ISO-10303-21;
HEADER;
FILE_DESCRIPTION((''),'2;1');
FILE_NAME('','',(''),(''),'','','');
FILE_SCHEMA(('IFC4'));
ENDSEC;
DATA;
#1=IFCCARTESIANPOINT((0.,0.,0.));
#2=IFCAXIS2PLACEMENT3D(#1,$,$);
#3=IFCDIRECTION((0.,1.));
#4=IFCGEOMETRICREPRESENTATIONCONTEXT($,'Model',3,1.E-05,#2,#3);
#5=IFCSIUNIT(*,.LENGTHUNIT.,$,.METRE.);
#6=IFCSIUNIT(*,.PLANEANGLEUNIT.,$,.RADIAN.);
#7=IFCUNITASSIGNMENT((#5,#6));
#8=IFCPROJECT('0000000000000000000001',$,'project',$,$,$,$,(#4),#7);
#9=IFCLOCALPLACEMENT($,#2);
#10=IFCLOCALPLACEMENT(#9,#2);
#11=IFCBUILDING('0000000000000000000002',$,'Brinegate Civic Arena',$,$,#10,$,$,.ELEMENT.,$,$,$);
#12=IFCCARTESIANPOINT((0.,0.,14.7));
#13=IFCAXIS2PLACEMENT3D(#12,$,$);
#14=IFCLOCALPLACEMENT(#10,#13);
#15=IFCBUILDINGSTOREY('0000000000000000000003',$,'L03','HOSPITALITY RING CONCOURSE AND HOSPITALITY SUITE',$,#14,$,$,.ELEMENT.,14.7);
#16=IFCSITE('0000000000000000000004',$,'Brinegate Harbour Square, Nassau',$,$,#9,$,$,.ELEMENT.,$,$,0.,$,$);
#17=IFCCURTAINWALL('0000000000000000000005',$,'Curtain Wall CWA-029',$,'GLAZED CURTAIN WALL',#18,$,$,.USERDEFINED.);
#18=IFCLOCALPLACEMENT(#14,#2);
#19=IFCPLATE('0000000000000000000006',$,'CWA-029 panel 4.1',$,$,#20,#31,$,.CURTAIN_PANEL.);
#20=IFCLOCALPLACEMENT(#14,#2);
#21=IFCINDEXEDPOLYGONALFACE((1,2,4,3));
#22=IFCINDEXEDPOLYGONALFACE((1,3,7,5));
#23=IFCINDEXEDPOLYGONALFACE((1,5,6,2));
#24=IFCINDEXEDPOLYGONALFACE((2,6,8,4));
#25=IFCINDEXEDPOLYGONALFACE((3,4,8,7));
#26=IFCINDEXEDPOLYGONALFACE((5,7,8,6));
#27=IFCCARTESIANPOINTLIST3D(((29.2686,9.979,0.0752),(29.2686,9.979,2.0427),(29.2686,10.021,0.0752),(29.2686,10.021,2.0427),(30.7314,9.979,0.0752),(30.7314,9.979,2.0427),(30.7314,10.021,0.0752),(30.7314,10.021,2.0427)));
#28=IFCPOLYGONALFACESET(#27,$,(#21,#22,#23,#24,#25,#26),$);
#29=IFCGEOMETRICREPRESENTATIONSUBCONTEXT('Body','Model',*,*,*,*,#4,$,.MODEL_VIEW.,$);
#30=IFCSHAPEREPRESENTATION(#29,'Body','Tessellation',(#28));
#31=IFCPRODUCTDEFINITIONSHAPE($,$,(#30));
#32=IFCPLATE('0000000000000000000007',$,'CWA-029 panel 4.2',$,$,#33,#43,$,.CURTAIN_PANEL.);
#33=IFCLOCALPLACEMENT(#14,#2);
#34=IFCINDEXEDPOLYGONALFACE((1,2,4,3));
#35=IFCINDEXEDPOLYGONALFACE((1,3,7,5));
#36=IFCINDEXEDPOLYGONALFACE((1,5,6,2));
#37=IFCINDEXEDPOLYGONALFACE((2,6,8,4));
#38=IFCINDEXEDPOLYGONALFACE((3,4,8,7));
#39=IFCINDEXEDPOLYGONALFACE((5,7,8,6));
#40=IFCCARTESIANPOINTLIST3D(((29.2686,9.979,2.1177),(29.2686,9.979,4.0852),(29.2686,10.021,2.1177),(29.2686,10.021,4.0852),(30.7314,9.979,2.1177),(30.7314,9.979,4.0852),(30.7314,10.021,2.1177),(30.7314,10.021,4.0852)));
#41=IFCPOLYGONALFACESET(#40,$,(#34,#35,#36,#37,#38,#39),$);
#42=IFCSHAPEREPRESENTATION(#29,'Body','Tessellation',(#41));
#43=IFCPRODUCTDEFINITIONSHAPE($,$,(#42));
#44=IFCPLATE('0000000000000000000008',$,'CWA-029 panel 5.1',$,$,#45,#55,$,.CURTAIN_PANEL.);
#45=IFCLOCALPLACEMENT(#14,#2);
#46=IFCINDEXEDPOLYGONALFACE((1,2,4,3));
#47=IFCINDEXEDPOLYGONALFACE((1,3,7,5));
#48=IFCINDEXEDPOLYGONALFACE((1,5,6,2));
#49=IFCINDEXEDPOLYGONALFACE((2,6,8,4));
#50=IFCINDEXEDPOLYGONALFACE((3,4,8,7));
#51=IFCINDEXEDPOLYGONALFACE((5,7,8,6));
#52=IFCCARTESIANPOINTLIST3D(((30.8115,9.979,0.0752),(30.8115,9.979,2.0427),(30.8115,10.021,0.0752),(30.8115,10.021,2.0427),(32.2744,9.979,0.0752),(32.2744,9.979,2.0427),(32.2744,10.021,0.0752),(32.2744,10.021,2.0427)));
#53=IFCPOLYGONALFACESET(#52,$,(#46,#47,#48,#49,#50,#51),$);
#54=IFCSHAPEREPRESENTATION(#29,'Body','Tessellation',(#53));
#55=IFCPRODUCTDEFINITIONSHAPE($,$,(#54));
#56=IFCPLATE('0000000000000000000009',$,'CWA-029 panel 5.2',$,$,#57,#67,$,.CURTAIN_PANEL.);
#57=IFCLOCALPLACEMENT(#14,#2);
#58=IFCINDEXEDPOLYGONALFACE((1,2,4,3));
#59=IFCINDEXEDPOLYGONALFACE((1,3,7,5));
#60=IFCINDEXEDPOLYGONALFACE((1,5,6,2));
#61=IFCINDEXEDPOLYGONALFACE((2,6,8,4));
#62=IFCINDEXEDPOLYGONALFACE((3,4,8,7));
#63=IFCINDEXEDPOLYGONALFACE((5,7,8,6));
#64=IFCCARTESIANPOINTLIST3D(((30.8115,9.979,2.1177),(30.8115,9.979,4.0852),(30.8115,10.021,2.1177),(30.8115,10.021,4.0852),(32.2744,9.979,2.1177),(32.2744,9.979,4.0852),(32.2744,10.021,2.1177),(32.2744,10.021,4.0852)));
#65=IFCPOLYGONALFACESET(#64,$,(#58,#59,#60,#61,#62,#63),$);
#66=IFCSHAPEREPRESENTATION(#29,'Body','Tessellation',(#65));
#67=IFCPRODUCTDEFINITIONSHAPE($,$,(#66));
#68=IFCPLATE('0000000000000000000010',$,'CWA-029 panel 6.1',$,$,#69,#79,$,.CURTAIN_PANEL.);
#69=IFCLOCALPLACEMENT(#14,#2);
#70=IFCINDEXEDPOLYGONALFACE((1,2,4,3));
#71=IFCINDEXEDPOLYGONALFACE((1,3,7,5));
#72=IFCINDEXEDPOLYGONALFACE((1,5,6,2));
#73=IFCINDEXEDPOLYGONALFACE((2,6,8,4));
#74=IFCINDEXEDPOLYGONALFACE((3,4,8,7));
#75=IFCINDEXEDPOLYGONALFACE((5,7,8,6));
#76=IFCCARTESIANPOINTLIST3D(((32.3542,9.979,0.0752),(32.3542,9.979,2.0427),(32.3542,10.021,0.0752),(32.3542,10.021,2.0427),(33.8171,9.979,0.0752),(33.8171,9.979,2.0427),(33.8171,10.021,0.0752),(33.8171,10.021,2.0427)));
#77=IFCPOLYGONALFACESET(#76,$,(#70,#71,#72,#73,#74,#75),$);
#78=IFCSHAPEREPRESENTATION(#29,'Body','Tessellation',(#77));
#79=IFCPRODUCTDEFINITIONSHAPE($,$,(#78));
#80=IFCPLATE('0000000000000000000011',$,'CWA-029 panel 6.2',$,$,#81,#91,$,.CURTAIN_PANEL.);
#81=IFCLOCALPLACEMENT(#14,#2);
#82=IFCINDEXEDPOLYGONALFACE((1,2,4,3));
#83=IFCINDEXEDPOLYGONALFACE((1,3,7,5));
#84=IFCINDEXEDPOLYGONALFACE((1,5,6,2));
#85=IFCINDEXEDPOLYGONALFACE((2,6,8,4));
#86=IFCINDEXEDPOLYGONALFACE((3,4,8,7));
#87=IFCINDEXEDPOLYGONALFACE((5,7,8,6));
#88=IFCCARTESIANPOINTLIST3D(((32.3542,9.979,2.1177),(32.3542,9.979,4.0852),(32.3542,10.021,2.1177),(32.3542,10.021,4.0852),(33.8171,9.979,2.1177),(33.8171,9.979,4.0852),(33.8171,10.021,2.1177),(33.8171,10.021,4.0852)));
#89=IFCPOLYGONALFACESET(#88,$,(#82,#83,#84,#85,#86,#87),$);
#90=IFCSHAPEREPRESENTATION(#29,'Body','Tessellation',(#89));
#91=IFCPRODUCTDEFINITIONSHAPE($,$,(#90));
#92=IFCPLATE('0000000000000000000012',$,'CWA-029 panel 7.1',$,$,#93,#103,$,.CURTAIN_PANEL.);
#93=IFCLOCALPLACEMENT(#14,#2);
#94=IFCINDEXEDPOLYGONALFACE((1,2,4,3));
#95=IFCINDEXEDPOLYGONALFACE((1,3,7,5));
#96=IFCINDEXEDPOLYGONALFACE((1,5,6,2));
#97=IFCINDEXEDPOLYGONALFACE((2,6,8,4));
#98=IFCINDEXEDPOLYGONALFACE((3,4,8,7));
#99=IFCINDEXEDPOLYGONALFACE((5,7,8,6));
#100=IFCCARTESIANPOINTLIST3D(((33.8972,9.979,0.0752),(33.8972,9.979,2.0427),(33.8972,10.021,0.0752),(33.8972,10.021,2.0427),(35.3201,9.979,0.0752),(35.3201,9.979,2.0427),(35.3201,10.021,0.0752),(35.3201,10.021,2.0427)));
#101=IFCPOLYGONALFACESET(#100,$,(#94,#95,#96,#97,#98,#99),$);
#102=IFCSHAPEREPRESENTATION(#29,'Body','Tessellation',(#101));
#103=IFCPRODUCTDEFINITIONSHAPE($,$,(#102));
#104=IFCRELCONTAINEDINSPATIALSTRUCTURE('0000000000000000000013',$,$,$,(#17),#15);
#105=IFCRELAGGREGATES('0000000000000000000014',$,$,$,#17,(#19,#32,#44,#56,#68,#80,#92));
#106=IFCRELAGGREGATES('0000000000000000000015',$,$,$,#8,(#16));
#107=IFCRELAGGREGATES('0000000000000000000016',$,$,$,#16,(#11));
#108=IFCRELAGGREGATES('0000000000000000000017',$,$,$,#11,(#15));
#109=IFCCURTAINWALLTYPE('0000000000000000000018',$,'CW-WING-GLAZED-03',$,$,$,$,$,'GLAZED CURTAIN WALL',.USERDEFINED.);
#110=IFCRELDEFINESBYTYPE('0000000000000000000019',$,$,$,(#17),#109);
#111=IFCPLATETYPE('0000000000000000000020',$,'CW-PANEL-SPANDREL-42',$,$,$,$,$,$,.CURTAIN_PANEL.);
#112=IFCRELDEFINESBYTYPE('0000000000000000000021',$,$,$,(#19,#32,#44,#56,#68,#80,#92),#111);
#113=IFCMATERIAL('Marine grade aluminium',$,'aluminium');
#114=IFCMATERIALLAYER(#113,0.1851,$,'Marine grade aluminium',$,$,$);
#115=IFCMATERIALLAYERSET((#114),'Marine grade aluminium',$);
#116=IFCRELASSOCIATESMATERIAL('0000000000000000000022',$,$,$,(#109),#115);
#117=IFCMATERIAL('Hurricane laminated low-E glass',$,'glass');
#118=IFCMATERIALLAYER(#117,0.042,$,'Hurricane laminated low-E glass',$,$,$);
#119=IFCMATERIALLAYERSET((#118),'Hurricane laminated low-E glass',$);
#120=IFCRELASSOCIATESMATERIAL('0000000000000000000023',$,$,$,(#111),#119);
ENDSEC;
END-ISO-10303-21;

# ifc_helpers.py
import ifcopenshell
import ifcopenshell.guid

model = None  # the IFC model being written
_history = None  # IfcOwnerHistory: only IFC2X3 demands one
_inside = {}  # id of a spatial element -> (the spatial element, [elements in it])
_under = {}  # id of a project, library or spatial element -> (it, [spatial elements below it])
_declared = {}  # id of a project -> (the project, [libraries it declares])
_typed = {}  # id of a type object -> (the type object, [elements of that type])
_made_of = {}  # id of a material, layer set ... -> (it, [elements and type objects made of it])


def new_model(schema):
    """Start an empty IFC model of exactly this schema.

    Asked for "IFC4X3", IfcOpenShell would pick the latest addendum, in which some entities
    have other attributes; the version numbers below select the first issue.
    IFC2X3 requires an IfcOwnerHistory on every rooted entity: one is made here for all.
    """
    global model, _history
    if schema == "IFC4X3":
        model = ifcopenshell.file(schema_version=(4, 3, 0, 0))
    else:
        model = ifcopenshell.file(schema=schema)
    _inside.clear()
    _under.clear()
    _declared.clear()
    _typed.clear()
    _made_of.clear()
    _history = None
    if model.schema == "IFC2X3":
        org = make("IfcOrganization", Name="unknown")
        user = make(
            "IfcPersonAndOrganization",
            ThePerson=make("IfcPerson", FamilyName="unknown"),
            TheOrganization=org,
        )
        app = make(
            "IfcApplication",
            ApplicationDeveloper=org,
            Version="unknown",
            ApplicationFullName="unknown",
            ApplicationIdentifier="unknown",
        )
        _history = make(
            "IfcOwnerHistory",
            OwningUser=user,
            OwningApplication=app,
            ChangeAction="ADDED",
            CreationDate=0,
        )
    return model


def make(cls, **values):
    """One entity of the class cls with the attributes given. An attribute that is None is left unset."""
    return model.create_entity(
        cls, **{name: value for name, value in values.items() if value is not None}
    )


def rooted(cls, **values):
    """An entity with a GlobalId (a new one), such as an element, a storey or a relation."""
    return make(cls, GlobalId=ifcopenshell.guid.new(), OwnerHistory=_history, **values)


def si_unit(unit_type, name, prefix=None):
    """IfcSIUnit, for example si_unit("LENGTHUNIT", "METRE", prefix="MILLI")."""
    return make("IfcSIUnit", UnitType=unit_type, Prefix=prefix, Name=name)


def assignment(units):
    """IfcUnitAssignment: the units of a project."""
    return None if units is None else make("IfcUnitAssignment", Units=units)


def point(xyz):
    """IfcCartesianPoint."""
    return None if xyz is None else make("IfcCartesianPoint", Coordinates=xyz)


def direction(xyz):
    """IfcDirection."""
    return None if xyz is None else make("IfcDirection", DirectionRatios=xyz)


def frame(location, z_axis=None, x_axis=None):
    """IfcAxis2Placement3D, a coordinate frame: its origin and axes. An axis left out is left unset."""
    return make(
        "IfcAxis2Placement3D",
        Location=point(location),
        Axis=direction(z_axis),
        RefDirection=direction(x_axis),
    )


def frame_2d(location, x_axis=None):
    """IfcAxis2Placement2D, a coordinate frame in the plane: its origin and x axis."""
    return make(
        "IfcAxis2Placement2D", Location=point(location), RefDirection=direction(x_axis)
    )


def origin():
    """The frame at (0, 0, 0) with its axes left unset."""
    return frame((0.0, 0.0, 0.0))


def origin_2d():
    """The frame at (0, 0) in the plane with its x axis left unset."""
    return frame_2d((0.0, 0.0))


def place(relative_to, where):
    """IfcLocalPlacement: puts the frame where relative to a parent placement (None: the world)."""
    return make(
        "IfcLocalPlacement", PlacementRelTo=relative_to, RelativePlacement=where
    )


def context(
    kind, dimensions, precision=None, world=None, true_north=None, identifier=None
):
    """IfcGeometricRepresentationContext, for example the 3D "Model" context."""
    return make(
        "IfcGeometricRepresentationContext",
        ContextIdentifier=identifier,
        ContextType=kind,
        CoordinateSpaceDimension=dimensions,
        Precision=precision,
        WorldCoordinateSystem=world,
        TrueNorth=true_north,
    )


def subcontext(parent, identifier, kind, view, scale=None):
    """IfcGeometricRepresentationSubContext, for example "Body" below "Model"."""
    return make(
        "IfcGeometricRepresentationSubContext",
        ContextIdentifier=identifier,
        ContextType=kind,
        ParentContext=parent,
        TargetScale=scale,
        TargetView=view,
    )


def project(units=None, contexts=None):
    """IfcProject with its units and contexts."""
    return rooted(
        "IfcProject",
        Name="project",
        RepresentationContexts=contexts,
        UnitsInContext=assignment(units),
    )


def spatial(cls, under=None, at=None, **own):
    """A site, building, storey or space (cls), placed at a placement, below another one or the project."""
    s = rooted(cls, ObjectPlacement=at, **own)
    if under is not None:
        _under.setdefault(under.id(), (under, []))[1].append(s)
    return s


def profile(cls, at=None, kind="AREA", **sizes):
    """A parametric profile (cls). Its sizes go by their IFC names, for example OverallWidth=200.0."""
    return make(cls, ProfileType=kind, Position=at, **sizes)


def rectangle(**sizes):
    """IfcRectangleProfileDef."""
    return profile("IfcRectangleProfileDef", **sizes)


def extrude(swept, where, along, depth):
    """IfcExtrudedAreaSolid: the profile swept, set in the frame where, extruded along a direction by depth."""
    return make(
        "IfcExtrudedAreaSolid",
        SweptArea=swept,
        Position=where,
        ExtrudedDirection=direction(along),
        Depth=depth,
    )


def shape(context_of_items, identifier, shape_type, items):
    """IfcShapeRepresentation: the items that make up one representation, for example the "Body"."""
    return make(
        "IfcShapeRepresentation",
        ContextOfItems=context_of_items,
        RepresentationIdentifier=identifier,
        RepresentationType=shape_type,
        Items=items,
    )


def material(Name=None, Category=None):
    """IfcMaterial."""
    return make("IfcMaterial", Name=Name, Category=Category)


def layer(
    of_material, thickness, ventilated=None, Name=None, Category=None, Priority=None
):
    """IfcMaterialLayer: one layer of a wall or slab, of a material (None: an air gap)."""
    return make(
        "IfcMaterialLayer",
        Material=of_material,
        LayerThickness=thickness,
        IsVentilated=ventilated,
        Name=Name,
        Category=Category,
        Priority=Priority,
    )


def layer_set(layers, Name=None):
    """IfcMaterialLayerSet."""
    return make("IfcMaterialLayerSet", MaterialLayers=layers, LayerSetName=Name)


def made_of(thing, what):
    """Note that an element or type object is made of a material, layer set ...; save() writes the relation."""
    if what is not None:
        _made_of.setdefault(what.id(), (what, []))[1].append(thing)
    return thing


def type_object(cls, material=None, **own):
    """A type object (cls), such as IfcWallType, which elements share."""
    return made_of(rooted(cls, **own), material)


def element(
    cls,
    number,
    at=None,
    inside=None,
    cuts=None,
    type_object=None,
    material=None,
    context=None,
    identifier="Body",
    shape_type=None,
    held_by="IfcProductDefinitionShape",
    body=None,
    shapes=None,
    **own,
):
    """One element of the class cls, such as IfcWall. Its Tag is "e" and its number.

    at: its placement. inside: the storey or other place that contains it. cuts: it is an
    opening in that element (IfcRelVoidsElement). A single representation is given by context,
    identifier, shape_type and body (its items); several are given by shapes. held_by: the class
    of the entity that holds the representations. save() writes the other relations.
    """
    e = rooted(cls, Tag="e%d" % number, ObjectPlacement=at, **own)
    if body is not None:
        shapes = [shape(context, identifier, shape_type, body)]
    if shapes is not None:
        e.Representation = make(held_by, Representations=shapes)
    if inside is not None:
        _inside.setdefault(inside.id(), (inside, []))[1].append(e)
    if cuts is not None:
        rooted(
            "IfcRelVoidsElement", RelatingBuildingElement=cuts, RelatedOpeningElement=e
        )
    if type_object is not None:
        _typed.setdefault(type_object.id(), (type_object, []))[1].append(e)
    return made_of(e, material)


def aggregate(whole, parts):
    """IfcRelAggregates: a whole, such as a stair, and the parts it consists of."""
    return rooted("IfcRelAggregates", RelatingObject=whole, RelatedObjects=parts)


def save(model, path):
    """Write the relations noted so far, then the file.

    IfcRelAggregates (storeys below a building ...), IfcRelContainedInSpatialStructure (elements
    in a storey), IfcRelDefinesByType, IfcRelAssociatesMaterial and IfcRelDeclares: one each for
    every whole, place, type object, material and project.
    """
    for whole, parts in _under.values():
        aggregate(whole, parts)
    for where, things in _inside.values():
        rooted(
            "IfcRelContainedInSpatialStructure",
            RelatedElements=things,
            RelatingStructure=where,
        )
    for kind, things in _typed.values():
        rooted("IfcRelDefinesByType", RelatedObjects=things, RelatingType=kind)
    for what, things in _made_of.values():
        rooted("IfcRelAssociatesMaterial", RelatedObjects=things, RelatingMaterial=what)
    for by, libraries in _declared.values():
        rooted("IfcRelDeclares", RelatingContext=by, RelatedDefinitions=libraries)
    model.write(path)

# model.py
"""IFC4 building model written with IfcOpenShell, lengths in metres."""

from ifc_helpers import new_model, si_unit, direction, frame, origin, origin_2d, place, context, subcontext, project, spatial, rectangle, extrude, material, layer, layer_set, type_object, element, aggregate, save


model = new_model("IFC4")

# Units and contexts
model_context = context("Model", 3, precision=1e-05, world=origin(), true_north=direction((0.0, 1.0)))
body_context = subcontext(model_context, "Body", "Model", "MODEL_VIEW")
ifc_project = project(units=[si_unit("LENGTHUNIT", "METRE"), si_unit("PLANEANGLEUNIT", "RADIAN")], contexts=[model_context])

# Site, building, storey
site_placement = place(None, origin())
site = spatial("IfcSite", under=ifc_project, at=site_placement, Name="Brinegate Harbour Square, Nassau", CompositionType="ELEMENT", RefElevation=0.0)
building_placement = place(site_placement, origin())
building = spatial("IfcBuilding", under=site, at=building_placement, Name="Brinegate Civic Arena", CompositionType="ELEMENT")
storey_placement = place(building_placement, frame((0.0, 0.0, 14.7)))
storey = spatial("IfcBuildingStorey", under=building, at=storey_placement, Name="L03", Description="HOSPITALITY RING CONCOURSE AND HOSPITALITY SUITE", CompositionType="ELEMENT", Elevation=14.7)

# Curtain wall, plates
ifc_material_1 = material(Name="Marine grade aluminium", Category="aluminium")
ifc_layer_1 = layer(ifc_material_1, 0.1851, Name="Marine grade aluminium")
ifc_layer_set_1 = layer_set([ifc_layer_1], Name="Marine grade aluminium")
curtain_wall_type = type_object("IfcCurtainWallType", Name="CW-WING-GLAZED-03", ElementType="GLAZED CURTAIN WALL", PredefinedType="USERDEFINED", material=ifc_layer_set_1)
curtain_wall_placement = place(storey_placement, origin())
curtain_wall = element("IfcCurtainWall", 1, at=curtain_wall_placement, inside=storey, type_object=curtain_wall_type, Name="Curtain Wall CWA-029", ObjectType="GLAZED CURTAIN WALL", PredefinedType="USERDEFINED")
ifc_material_2 = material(Name="Hurricane laminated low-E glass", Category="glass")
ifc_layer_2 = layer(ifc_material_2, 0.042, Name="Hurricane laminated low-E glass")
ifc_layer_set_2 = layer_set([ifc_layer_2], Name="Hurricane laminated low-E glass")
plate_type = type_object("IfcPlateType", Name="CW-PANEL-SPANDREL-42", PredefinedType="CURTAIN_PANEL", material=ifc_layer_set_2)
plate_1_placement = place(storey_placement, frame((30.0, 10.0, 0.0752), z_axis=(0.0, 0.0, 1.0), x_axis=(1.0, 0.0, 0.0)))
plate_1 = element("IfcPlate", 2, at=plate_1_placement, type_object=plate_type, Name="CWA-029 panel 4.1", PredefinedType="CURTAIN_PANEL", context=body_context, shape_type="SweptSolid", body=[
    extrude(rectangle(XDim=1.4629, YDim=0.042, at=origin_2d()), origin(), (0.0, 0.0, 1.0), 1.9675),
])
plate_2_placement = place(storey_placement, frame((30.0, 10.0, 2.1177), z_axis=(0.0, 0.0, 1.0), x_axis=(1.0, 0.0, 0.0)))
plate_2 = element("IfcPlate", 3, at=plate_2_placement, type_object=plate_type, Name="CWA-029 panel 4.2", PredefinedType="CURTAIN_PANEL", context=body_context, shape_type="SweptSolid", body=[
    extrude(rectangle(XDim=1.4629, YDim=0.042, at=origin_2d()), origin(), (0.0, 0.0, 1.0), 1.9675),
])
plate_3_placement = place(storey_placement, frame((31.543, 10.0, 0.0752), z_axis=(0.0, 0.0, 1.0), x_axis=(1.0, 0.0, 0.0)))
plate_3 = element("IfcPlate", 4, at=plate_3_placement, type_object=plate_type, Name="CWA-029 panel 5.1", PredefinedType="CURTAIN_PANEL", context=body_context, shape_type="SweptSolid", body=[
    extrude(rectangle(XDim=1.4629, YDim=0.042, at=origin_2d()), origin(), (0.0, 0.0, 1.0), 1.9675),
])
plate_4_placement = place(storey_placement, frame((31.543, 10.0, 2.1177), z_axis=(0.0, 0.0, 1.0), x_axis=(1.0, 0.0, 0.0)))
plate_4 = element("IfcPlate", 5, at=plate_4_placement, type_object=plate_type, Name="CWA-029 panel 5.2", PredefinedType="CURTAIN_PANEL", context=body_context, shape_type="SweptSolid", body=[
    extrude(rectangle(XDim=1.4629, YDim=0.042, at=origin_2d()), origin(), (0.0, 0.0, 1.0), 1.9675),
])
plate_5_placement = place(storey_placement, frame((33.0857, 10.0, 0.0752), z_axis=(0.0, 0.0, 1.0), x_axis=(1.0, 0.0, 0.0)))
plate_5 = element("IfcPlate", 6, at=plate_5_placement, type_object=plate_type, Name="CWA-029 panel 6.1", PredefinedType="CURTAIN_PANEL", context=body_context, shape_type="SweptSolid", body=[
    extrude(rectangle(XDim=1.4629, YDim=0.042, at=origin_2d()), origin(), (0.0, 0.0, 1.0), 1.9675),
])
plate_6_placement = place(storey_placement, frame((33.0857, 10.0, 2.1177), z_axis=(0.0, 0.0, 1.0), x_axis=(1.0, 0.0, 0.0)))
plate_6 = element("IfcPlate", 7, at=plate_6_placement, type_object=plate_type, Name="CWA-029 panel 6.2", PredefinedType="CURTAIN_PANEL", context=body_context, shape_type="SweptSolid", body=[
    extrude(rectangle(XDim=1.4629, YDim=0.042, at=origin_2d()), origin(), (0.0, 0.0, 1.0), 1.9675),
])
plate_7_placement = place(storey_placement, frame((34.6086, 10.0, 0.0752), z_axis=(0.0, 0.0, 1.0), x_axis=(1.0, 0.0, 0.0)))
plate_7 = element("IfcPlate", 8, at=plate_7_placement, type_object=plate_type, Name="CWA-029 panel 7.1", PredefinedType="CURTAIN_PANEL", context=body_context, shape_type="SweptSolid", body=[
    extrude(rectangle(XDim=1.4229, YDim=0.042, at=origin_2d()), origin(), (0.0, 0.0, 1.0), 1.9675),
])
aggregate(curtain_wall, [plate_1, plate_2, plate_3, plate_4, plate_5, plate_6, plate_7])

save(model, "model.ifc")
